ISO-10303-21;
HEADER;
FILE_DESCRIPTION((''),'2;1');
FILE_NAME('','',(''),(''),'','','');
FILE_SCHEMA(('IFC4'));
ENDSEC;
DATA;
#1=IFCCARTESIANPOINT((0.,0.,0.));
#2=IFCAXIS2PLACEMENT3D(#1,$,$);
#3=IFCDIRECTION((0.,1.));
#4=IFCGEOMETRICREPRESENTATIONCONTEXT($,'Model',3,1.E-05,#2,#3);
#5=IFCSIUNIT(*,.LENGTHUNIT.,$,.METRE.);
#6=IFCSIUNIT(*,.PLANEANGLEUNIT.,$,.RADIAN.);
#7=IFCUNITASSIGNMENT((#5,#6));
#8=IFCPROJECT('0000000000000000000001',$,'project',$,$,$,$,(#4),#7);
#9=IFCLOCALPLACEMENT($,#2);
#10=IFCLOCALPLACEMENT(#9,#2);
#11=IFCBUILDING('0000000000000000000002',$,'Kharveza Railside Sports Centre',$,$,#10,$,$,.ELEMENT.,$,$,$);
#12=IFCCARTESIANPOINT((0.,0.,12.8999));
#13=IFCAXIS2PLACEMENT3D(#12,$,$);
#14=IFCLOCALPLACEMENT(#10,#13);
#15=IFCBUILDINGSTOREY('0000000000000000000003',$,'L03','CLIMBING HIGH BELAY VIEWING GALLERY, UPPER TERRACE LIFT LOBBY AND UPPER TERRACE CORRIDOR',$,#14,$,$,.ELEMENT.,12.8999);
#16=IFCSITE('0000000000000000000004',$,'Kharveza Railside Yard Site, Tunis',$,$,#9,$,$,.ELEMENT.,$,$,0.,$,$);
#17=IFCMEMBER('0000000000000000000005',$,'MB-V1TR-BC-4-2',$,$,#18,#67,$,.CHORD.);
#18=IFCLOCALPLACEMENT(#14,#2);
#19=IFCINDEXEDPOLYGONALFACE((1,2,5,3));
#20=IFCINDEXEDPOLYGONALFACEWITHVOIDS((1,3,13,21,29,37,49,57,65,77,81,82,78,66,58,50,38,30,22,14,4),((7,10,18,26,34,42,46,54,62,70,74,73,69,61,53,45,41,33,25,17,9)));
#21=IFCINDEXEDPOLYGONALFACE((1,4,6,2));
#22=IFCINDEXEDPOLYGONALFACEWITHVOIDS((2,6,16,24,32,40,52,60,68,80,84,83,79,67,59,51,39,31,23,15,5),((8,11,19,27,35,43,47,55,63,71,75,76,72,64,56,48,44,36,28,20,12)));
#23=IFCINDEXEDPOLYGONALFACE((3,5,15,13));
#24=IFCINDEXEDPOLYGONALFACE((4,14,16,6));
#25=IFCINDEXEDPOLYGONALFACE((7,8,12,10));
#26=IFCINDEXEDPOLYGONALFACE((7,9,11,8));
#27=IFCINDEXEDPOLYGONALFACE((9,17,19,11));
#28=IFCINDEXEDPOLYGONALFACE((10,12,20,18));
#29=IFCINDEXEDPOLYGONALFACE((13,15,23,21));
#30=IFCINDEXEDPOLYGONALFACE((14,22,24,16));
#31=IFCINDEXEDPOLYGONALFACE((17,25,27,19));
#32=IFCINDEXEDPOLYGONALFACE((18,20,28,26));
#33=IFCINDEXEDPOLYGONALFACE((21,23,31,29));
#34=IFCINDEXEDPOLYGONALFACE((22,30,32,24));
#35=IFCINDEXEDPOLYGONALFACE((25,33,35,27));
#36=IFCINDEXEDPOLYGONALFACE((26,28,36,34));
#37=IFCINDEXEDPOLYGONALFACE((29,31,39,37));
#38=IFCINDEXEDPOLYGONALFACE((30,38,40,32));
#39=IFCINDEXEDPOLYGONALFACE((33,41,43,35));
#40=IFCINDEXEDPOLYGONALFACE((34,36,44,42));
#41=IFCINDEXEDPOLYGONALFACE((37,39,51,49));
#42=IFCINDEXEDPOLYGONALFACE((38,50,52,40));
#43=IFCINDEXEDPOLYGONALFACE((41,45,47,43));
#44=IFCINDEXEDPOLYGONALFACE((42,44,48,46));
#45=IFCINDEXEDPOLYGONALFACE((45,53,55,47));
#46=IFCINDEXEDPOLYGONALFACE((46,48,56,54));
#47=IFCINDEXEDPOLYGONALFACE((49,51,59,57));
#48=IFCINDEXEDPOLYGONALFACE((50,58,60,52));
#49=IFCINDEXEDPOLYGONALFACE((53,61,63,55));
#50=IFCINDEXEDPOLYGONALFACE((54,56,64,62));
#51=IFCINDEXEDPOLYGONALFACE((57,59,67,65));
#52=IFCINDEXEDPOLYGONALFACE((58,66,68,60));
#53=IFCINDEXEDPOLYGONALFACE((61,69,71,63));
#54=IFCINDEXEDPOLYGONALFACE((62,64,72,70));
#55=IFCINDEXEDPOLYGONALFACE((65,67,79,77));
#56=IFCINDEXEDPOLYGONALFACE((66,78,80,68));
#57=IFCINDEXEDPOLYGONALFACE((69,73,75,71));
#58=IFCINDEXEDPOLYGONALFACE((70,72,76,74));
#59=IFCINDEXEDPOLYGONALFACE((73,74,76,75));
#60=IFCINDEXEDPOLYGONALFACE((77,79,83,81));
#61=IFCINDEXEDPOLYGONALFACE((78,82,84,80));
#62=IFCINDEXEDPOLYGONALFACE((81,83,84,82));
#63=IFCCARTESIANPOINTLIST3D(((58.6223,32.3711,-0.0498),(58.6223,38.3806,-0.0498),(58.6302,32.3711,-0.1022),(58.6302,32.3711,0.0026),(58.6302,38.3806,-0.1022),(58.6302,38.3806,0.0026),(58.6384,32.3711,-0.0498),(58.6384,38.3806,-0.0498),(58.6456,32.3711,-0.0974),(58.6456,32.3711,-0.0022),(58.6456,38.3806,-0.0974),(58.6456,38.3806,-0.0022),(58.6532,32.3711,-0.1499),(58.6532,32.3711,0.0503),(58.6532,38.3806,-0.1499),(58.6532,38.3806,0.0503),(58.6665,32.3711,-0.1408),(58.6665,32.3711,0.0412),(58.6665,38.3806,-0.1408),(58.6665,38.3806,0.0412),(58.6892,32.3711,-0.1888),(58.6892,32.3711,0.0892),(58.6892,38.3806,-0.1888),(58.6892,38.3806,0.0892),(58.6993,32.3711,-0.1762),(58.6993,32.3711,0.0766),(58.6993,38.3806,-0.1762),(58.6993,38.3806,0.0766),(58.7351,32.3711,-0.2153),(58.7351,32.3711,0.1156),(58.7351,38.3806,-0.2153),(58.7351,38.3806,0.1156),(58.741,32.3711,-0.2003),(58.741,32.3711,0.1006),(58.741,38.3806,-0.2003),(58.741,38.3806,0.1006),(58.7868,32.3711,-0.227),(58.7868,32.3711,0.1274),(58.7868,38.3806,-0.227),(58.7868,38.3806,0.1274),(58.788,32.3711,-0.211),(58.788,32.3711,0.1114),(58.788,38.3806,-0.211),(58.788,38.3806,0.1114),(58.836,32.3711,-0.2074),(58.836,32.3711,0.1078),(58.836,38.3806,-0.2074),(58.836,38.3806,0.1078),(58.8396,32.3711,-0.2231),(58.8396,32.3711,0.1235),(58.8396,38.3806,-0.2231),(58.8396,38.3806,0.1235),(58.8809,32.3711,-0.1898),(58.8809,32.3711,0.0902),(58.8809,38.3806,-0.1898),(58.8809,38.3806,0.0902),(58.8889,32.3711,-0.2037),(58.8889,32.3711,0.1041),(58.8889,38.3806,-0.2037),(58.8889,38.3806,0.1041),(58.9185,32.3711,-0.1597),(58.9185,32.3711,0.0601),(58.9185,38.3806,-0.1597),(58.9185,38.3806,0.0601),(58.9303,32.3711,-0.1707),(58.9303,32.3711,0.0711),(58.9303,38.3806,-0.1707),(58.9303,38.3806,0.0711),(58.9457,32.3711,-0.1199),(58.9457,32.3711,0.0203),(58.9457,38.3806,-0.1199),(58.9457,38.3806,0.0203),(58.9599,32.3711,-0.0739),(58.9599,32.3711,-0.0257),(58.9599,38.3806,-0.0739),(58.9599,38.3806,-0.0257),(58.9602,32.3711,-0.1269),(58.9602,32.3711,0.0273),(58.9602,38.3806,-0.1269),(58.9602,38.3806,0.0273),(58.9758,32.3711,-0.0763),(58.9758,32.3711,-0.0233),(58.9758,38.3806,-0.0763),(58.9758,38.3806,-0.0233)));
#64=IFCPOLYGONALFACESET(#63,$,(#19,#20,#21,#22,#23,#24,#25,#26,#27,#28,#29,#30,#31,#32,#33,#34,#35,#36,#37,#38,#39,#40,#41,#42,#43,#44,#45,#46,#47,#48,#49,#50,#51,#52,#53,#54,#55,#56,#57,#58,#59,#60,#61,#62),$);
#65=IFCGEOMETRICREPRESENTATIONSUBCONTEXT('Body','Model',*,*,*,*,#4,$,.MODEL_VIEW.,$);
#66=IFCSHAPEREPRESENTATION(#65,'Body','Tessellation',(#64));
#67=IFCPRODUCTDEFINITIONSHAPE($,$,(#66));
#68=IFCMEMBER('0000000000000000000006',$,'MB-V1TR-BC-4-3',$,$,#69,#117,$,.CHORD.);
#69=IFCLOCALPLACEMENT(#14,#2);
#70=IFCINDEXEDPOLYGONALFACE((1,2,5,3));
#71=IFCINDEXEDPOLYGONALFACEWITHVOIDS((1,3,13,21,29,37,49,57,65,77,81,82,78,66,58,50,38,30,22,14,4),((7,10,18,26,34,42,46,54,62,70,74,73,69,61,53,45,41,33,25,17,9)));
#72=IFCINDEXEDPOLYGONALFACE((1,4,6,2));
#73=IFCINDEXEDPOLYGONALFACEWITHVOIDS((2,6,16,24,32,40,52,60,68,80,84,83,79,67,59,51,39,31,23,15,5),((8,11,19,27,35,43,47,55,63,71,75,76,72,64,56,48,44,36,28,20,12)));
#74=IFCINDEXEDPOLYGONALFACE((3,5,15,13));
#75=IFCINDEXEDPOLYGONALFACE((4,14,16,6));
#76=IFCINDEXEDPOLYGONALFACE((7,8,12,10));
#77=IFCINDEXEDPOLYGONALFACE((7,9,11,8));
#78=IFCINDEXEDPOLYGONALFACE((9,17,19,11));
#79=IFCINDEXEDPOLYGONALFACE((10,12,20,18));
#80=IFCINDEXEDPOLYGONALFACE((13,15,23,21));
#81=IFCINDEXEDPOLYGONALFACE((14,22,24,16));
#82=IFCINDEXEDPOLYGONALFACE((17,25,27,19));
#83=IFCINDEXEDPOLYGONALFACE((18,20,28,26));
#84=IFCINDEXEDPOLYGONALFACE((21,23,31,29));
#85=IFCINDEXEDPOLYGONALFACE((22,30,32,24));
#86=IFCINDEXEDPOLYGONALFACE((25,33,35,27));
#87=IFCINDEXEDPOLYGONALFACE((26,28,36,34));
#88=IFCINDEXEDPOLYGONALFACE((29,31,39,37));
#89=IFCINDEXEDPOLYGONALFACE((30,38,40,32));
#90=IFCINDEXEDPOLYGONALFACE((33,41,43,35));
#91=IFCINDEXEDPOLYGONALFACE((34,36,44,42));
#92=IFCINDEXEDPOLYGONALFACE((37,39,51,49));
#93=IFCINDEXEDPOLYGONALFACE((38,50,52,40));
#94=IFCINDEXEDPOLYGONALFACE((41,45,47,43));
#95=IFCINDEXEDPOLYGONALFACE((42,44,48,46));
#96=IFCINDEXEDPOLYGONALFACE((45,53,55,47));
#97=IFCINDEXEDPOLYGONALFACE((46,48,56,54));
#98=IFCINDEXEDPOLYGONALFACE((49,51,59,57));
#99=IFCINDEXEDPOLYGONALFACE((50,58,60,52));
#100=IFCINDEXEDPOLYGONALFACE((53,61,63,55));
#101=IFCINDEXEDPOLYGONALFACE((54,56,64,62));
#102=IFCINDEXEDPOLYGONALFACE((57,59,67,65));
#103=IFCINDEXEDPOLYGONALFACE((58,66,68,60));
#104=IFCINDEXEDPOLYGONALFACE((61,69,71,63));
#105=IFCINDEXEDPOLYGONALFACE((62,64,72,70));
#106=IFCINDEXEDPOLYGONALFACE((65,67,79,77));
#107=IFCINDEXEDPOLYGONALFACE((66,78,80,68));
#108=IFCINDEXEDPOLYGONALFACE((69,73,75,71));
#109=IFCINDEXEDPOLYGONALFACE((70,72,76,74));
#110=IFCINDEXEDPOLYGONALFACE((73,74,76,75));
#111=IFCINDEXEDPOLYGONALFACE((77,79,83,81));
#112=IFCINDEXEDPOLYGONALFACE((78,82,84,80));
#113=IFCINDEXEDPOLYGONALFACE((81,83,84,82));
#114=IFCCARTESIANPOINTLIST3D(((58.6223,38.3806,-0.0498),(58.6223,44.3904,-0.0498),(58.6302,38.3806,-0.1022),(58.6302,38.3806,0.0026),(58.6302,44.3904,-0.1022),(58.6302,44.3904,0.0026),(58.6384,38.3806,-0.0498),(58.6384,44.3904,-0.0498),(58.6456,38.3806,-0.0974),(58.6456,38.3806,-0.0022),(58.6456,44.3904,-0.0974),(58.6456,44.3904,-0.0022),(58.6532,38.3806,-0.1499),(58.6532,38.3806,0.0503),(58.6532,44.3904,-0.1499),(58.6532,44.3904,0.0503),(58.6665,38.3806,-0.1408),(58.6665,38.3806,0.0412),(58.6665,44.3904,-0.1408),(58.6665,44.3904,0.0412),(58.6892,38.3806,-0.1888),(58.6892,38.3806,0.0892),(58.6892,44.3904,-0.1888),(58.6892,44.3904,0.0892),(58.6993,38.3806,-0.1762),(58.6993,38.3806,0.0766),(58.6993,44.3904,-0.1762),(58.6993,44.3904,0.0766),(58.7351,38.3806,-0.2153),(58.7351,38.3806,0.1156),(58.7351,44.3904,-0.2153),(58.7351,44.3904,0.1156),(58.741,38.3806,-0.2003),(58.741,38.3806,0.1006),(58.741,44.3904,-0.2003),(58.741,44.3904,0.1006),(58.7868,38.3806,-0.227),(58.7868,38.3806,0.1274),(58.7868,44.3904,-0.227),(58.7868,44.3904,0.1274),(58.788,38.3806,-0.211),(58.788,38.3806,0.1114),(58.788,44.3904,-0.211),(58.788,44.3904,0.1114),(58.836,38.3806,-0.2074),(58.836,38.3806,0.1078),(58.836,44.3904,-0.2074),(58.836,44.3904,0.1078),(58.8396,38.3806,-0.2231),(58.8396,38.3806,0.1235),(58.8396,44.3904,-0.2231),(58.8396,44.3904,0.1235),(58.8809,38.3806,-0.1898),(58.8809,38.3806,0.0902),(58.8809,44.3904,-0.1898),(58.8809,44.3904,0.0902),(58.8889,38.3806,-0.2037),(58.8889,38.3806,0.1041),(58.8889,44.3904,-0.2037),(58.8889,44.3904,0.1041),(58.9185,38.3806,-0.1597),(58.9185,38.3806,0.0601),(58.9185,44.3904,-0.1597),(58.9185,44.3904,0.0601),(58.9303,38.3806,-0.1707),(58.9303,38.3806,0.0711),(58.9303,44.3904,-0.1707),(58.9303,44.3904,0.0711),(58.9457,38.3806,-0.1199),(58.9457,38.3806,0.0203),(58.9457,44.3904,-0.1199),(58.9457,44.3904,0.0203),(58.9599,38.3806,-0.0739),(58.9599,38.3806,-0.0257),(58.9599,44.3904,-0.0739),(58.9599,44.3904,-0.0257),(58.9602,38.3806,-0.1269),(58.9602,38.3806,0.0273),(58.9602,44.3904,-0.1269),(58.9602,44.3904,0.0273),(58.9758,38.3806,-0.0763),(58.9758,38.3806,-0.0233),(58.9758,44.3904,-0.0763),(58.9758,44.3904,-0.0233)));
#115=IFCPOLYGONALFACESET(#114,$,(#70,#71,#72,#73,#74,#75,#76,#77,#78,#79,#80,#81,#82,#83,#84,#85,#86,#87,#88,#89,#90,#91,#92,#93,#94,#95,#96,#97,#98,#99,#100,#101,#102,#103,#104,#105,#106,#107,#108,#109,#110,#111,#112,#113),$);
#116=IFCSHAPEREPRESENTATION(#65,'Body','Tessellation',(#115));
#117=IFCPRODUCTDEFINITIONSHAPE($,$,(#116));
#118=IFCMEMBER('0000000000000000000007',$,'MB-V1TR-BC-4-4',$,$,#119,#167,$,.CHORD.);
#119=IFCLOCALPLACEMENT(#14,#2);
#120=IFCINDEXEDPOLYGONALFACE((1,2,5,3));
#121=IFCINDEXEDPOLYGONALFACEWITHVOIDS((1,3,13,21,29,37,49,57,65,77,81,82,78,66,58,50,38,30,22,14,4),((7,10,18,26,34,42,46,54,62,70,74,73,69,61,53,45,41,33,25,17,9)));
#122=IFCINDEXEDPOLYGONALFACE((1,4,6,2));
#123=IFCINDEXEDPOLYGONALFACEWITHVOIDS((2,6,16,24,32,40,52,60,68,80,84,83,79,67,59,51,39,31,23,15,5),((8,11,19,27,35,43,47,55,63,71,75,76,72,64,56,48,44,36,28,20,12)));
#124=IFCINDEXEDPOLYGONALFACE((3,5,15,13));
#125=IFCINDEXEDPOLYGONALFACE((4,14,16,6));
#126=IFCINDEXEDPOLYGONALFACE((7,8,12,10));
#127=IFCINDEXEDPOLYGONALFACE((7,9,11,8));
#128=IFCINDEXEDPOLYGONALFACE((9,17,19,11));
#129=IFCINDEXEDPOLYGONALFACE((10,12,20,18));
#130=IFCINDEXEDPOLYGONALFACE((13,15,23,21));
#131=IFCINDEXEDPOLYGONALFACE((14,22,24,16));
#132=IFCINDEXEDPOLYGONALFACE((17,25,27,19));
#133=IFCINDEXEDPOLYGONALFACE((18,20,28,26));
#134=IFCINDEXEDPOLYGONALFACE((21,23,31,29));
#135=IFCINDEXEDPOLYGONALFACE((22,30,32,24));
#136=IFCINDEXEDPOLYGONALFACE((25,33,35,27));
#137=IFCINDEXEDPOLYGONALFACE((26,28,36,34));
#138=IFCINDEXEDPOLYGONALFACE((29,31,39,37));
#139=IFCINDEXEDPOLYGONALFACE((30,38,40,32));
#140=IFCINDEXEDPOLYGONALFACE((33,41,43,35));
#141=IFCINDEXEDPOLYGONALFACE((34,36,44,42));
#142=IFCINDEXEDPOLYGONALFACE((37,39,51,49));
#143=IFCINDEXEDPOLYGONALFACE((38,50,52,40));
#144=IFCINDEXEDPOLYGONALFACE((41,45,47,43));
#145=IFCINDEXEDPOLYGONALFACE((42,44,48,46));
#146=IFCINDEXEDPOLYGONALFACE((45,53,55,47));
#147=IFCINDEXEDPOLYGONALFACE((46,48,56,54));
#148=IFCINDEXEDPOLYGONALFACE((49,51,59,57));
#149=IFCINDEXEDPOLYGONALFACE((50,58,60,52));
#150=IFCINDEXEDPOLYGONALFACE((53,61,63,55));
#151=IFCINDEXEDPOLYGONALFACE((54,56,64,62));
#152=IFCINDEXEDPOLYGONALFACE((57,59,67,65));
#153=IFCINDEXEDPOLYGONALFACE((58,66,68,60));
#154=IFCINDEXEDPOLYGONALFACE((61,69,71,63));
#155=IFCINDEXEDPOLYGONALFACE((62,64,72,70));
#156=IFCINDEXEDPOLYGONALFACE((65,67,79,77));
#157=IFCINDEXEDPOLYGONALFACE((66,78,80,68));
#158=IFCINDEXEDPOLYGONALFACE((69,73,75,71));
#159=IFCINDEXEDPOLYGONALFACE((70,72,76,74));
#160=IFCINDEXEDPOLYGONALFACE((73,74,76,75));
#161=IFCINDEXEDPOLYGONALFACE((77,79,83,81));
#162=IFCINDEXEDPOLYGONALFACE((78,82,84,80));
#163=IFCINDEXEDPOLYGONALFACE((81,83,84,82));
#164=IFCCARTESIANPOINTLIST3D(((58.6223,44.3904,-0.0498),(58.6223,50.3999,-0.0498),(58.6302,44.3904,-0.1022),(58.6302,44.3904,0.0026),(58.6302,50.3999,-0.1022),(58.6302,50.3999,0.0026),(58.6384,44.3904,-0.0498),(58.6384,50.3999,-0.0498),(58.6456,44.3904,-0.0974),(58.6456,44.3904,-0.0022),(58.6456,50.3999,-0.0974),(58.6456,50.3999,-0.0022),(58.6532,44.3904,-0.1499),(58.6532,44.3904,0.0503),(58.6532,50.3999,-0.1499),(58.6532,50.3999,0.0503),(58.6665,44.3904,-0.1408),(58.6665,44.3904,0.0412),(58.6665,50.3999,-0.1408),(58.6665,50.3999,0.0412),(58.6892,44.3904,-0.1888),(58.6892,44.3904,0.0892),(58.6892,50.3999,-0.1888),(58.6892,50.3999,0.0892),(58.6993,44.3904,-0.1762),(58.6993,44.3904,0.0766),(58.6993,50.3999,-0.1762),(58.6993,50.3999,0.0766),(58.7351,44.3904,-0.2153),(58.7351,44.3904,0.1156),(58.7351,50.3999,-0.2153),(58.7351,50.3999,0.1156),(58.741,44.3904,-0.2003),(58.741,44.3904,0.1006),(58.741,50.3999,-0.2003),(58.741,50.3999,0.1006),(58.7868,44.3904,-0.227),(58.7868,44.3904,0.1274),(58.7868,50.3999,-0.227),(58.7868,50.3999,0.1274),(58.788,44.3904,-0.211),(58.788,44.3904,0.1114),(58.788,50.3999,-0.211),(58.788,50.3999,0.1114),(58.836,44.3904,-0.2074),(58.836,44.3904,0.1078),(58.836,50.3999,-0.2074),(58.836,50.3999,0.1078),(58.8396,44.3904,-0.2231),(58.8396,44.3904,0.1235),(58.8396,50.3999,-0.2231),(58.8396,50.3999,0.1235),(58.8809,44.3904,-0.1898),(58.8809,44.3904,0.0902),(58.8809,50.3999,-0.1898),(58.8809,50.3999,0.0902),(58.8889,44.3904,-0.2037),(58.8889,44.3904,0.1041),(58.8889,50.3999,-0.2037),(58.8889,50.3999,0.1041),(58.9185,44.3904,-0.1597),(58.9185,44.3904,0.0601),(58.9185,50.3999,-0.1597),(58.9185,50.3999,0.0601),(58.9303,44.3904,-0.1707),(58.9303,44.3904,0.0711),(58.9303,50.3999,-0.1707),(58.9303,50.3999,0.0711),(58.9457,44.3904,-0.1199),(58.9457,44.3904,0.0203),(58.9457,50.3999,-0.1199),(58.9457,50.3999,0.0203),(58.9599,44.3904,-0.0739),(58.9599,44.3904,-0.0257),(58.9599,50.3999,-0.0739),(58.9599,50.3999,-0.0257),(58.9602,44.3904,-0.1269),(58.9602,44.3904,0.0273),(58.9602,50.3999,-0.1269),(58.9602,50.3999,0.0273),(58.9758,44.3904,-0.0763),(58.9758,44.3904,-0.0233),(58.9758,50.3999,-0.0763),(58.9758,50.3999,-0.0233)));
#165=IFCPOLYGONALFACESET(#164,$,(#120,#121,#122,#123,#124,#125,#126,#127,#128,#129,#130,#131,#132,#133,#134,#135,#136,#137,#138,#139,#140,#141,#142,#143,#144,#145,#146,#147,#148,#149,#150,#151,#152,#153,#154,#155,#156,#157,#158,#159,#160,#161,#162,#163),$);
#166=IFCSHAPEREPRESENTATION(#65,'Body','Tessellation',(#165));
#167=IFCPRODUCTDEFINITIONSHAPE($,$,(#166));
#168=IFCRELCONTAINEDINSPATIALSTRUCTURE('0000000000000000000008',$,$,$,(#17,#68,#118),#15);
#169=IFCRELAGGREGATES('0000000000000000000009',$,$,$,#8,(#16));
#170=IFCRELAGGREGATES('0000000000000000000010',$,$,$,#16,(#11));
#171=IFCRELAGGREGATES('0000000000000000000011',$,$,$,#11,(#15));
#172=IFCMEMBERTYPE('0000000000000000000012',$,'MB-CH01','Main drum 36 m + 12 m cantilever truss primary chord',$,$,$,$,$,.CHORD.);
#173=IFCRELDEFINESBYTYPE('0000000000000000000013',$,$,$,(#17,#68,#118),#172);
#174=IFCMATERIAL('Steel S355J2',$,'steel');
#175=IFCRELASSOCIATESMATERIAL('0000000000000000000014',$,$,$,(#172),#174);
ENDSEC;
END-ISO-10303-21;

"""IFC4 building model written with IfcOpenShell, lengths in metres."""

from ifc_helpers import new_model, si_unit, direction, frame, origin, origin_2d, place, context, subcontext, project, spatial, hollow_circle, extrude, material, material_profile, profile_set, type_object, element, save


model = new_model("IFC4")

# Units and contexts
model_context = context("Model", 3, precision=1e-05, world=origin(), true_north=direction((0.0, 1.0)))
body_context = subcontext(model_context, "Body", "Model", "MODEL_VIEW")
ifc_project = project(units=[si_unit("LENGTHUNIT", "METRE"), si_unit("PLANEANGLEUNIT", "RADIAN")], contexts=[model_context])

# Site, building, storey
site_placement = place(None, origin())
site = spatial("IfcSite", under=ifc_project, at=site_placement, Name="Kharveza Railside Yard Site, Tunis", CompositionType="ELEMENT", RefElevation=0.0)
building_placement = place(site_placement, origin())
building = spatial("IfcBuilding", under=site, at=building_placement, Name="Kharveza Railside Sports Centre", CompositionType="ELEMENT")
storey_placement = place(building_placement, frame((0.0, 0.0, 12.8999)))
storey = spatial("IfcBuildingStorey", under=building, at=storey_placement, Name="L03", Description="CLIMBING HIGH BELAY VIEWING GALLERY, UPPER TERRACE LIFT LOBBY AND UPPER TERRACE CORRIDOR", CompositionType="ELEMENT", Elevation=12.8999)

# Members
ifc_material = material(Name="Steel S355J2", Category="steel")
ifc_material_profile_1 = material_profile(ifc_material, hollow_circle(Radius=0.1777, WallThickness=0.0161, at=origin_2d()), Name="CHS 355.6x16.0")
ifc_profile_set_1 = profile_set([ifc_material_profile_1], Name="Steel S355J2")
member_type_1 = type_object("IfcMemberType", Name="MB-CH01", Description="Main drum 36 m + 12 m cantilever truss primary chord", PredefinedType="CHORD", material=ifc_profile_set_1)
member_1_placement = place(storey_placement, frame((58.8, 32.3711, -0.0498), z_axis=(0.0, 1.0, 0.0), x_axis=(-1.0, 0.0, 0.0)))
element("IfcMember", 1, at=member_1_placement, inside=storey, type_object=member_type_1, Name="MB-V1TR-BC-4-2", PredefinedType="CHORD", context=body_context, shape_type="SweptSolid", body=[
    extrude(hollow_circle(Radius=0.1777, WallThickness=0.0161, at=origin_2d()), origin(), (0.0, 0.0, 1.0), 6.0095),
])
member_2_placement = place(storey_placement, frame((58.8, 38.3806, -0.0498), z_axis=(0.0, 1.0, 0.0), x_axis=(-1.0, 0.0, 0.0)))
element("IfcMember", 2, at=member_2_placement, inside=storey, type_object=member_type_1, Name="MB-V1TR-BC-4-3", PredefinedType="CHORD", context=body_context, shape_type="SweptSolid", body=[
    extrude(hollow_circle(Radius=0.1777, WallThickness=0.0161, at=origin_2d()), origin(), (0.0, 0.0, 1.0), 6.0098),
])
member_3_placement = place(storey_placement, frame((58.8, 44.3904, -0.0498), z_axis=(0.0, 1.0, 0.0), x_axis=(-1.0, 0.0, 0.0)))
element("IfcMember", 3, at=member_3_placement, inside=storey, type_object=member_type_1, Name="MB-V1TR-BC-4-4", PredefinedType="CHORD", context=body_context, shape_type="SweptSolid", body=[
    extrude(hollow_circle(Radius=0.1777, WallThickness=0.0161, at=origin_2d()), origin(), (0.0, 0.0, 1.0), 6.0095),
])

save(model, "model.ifc")
